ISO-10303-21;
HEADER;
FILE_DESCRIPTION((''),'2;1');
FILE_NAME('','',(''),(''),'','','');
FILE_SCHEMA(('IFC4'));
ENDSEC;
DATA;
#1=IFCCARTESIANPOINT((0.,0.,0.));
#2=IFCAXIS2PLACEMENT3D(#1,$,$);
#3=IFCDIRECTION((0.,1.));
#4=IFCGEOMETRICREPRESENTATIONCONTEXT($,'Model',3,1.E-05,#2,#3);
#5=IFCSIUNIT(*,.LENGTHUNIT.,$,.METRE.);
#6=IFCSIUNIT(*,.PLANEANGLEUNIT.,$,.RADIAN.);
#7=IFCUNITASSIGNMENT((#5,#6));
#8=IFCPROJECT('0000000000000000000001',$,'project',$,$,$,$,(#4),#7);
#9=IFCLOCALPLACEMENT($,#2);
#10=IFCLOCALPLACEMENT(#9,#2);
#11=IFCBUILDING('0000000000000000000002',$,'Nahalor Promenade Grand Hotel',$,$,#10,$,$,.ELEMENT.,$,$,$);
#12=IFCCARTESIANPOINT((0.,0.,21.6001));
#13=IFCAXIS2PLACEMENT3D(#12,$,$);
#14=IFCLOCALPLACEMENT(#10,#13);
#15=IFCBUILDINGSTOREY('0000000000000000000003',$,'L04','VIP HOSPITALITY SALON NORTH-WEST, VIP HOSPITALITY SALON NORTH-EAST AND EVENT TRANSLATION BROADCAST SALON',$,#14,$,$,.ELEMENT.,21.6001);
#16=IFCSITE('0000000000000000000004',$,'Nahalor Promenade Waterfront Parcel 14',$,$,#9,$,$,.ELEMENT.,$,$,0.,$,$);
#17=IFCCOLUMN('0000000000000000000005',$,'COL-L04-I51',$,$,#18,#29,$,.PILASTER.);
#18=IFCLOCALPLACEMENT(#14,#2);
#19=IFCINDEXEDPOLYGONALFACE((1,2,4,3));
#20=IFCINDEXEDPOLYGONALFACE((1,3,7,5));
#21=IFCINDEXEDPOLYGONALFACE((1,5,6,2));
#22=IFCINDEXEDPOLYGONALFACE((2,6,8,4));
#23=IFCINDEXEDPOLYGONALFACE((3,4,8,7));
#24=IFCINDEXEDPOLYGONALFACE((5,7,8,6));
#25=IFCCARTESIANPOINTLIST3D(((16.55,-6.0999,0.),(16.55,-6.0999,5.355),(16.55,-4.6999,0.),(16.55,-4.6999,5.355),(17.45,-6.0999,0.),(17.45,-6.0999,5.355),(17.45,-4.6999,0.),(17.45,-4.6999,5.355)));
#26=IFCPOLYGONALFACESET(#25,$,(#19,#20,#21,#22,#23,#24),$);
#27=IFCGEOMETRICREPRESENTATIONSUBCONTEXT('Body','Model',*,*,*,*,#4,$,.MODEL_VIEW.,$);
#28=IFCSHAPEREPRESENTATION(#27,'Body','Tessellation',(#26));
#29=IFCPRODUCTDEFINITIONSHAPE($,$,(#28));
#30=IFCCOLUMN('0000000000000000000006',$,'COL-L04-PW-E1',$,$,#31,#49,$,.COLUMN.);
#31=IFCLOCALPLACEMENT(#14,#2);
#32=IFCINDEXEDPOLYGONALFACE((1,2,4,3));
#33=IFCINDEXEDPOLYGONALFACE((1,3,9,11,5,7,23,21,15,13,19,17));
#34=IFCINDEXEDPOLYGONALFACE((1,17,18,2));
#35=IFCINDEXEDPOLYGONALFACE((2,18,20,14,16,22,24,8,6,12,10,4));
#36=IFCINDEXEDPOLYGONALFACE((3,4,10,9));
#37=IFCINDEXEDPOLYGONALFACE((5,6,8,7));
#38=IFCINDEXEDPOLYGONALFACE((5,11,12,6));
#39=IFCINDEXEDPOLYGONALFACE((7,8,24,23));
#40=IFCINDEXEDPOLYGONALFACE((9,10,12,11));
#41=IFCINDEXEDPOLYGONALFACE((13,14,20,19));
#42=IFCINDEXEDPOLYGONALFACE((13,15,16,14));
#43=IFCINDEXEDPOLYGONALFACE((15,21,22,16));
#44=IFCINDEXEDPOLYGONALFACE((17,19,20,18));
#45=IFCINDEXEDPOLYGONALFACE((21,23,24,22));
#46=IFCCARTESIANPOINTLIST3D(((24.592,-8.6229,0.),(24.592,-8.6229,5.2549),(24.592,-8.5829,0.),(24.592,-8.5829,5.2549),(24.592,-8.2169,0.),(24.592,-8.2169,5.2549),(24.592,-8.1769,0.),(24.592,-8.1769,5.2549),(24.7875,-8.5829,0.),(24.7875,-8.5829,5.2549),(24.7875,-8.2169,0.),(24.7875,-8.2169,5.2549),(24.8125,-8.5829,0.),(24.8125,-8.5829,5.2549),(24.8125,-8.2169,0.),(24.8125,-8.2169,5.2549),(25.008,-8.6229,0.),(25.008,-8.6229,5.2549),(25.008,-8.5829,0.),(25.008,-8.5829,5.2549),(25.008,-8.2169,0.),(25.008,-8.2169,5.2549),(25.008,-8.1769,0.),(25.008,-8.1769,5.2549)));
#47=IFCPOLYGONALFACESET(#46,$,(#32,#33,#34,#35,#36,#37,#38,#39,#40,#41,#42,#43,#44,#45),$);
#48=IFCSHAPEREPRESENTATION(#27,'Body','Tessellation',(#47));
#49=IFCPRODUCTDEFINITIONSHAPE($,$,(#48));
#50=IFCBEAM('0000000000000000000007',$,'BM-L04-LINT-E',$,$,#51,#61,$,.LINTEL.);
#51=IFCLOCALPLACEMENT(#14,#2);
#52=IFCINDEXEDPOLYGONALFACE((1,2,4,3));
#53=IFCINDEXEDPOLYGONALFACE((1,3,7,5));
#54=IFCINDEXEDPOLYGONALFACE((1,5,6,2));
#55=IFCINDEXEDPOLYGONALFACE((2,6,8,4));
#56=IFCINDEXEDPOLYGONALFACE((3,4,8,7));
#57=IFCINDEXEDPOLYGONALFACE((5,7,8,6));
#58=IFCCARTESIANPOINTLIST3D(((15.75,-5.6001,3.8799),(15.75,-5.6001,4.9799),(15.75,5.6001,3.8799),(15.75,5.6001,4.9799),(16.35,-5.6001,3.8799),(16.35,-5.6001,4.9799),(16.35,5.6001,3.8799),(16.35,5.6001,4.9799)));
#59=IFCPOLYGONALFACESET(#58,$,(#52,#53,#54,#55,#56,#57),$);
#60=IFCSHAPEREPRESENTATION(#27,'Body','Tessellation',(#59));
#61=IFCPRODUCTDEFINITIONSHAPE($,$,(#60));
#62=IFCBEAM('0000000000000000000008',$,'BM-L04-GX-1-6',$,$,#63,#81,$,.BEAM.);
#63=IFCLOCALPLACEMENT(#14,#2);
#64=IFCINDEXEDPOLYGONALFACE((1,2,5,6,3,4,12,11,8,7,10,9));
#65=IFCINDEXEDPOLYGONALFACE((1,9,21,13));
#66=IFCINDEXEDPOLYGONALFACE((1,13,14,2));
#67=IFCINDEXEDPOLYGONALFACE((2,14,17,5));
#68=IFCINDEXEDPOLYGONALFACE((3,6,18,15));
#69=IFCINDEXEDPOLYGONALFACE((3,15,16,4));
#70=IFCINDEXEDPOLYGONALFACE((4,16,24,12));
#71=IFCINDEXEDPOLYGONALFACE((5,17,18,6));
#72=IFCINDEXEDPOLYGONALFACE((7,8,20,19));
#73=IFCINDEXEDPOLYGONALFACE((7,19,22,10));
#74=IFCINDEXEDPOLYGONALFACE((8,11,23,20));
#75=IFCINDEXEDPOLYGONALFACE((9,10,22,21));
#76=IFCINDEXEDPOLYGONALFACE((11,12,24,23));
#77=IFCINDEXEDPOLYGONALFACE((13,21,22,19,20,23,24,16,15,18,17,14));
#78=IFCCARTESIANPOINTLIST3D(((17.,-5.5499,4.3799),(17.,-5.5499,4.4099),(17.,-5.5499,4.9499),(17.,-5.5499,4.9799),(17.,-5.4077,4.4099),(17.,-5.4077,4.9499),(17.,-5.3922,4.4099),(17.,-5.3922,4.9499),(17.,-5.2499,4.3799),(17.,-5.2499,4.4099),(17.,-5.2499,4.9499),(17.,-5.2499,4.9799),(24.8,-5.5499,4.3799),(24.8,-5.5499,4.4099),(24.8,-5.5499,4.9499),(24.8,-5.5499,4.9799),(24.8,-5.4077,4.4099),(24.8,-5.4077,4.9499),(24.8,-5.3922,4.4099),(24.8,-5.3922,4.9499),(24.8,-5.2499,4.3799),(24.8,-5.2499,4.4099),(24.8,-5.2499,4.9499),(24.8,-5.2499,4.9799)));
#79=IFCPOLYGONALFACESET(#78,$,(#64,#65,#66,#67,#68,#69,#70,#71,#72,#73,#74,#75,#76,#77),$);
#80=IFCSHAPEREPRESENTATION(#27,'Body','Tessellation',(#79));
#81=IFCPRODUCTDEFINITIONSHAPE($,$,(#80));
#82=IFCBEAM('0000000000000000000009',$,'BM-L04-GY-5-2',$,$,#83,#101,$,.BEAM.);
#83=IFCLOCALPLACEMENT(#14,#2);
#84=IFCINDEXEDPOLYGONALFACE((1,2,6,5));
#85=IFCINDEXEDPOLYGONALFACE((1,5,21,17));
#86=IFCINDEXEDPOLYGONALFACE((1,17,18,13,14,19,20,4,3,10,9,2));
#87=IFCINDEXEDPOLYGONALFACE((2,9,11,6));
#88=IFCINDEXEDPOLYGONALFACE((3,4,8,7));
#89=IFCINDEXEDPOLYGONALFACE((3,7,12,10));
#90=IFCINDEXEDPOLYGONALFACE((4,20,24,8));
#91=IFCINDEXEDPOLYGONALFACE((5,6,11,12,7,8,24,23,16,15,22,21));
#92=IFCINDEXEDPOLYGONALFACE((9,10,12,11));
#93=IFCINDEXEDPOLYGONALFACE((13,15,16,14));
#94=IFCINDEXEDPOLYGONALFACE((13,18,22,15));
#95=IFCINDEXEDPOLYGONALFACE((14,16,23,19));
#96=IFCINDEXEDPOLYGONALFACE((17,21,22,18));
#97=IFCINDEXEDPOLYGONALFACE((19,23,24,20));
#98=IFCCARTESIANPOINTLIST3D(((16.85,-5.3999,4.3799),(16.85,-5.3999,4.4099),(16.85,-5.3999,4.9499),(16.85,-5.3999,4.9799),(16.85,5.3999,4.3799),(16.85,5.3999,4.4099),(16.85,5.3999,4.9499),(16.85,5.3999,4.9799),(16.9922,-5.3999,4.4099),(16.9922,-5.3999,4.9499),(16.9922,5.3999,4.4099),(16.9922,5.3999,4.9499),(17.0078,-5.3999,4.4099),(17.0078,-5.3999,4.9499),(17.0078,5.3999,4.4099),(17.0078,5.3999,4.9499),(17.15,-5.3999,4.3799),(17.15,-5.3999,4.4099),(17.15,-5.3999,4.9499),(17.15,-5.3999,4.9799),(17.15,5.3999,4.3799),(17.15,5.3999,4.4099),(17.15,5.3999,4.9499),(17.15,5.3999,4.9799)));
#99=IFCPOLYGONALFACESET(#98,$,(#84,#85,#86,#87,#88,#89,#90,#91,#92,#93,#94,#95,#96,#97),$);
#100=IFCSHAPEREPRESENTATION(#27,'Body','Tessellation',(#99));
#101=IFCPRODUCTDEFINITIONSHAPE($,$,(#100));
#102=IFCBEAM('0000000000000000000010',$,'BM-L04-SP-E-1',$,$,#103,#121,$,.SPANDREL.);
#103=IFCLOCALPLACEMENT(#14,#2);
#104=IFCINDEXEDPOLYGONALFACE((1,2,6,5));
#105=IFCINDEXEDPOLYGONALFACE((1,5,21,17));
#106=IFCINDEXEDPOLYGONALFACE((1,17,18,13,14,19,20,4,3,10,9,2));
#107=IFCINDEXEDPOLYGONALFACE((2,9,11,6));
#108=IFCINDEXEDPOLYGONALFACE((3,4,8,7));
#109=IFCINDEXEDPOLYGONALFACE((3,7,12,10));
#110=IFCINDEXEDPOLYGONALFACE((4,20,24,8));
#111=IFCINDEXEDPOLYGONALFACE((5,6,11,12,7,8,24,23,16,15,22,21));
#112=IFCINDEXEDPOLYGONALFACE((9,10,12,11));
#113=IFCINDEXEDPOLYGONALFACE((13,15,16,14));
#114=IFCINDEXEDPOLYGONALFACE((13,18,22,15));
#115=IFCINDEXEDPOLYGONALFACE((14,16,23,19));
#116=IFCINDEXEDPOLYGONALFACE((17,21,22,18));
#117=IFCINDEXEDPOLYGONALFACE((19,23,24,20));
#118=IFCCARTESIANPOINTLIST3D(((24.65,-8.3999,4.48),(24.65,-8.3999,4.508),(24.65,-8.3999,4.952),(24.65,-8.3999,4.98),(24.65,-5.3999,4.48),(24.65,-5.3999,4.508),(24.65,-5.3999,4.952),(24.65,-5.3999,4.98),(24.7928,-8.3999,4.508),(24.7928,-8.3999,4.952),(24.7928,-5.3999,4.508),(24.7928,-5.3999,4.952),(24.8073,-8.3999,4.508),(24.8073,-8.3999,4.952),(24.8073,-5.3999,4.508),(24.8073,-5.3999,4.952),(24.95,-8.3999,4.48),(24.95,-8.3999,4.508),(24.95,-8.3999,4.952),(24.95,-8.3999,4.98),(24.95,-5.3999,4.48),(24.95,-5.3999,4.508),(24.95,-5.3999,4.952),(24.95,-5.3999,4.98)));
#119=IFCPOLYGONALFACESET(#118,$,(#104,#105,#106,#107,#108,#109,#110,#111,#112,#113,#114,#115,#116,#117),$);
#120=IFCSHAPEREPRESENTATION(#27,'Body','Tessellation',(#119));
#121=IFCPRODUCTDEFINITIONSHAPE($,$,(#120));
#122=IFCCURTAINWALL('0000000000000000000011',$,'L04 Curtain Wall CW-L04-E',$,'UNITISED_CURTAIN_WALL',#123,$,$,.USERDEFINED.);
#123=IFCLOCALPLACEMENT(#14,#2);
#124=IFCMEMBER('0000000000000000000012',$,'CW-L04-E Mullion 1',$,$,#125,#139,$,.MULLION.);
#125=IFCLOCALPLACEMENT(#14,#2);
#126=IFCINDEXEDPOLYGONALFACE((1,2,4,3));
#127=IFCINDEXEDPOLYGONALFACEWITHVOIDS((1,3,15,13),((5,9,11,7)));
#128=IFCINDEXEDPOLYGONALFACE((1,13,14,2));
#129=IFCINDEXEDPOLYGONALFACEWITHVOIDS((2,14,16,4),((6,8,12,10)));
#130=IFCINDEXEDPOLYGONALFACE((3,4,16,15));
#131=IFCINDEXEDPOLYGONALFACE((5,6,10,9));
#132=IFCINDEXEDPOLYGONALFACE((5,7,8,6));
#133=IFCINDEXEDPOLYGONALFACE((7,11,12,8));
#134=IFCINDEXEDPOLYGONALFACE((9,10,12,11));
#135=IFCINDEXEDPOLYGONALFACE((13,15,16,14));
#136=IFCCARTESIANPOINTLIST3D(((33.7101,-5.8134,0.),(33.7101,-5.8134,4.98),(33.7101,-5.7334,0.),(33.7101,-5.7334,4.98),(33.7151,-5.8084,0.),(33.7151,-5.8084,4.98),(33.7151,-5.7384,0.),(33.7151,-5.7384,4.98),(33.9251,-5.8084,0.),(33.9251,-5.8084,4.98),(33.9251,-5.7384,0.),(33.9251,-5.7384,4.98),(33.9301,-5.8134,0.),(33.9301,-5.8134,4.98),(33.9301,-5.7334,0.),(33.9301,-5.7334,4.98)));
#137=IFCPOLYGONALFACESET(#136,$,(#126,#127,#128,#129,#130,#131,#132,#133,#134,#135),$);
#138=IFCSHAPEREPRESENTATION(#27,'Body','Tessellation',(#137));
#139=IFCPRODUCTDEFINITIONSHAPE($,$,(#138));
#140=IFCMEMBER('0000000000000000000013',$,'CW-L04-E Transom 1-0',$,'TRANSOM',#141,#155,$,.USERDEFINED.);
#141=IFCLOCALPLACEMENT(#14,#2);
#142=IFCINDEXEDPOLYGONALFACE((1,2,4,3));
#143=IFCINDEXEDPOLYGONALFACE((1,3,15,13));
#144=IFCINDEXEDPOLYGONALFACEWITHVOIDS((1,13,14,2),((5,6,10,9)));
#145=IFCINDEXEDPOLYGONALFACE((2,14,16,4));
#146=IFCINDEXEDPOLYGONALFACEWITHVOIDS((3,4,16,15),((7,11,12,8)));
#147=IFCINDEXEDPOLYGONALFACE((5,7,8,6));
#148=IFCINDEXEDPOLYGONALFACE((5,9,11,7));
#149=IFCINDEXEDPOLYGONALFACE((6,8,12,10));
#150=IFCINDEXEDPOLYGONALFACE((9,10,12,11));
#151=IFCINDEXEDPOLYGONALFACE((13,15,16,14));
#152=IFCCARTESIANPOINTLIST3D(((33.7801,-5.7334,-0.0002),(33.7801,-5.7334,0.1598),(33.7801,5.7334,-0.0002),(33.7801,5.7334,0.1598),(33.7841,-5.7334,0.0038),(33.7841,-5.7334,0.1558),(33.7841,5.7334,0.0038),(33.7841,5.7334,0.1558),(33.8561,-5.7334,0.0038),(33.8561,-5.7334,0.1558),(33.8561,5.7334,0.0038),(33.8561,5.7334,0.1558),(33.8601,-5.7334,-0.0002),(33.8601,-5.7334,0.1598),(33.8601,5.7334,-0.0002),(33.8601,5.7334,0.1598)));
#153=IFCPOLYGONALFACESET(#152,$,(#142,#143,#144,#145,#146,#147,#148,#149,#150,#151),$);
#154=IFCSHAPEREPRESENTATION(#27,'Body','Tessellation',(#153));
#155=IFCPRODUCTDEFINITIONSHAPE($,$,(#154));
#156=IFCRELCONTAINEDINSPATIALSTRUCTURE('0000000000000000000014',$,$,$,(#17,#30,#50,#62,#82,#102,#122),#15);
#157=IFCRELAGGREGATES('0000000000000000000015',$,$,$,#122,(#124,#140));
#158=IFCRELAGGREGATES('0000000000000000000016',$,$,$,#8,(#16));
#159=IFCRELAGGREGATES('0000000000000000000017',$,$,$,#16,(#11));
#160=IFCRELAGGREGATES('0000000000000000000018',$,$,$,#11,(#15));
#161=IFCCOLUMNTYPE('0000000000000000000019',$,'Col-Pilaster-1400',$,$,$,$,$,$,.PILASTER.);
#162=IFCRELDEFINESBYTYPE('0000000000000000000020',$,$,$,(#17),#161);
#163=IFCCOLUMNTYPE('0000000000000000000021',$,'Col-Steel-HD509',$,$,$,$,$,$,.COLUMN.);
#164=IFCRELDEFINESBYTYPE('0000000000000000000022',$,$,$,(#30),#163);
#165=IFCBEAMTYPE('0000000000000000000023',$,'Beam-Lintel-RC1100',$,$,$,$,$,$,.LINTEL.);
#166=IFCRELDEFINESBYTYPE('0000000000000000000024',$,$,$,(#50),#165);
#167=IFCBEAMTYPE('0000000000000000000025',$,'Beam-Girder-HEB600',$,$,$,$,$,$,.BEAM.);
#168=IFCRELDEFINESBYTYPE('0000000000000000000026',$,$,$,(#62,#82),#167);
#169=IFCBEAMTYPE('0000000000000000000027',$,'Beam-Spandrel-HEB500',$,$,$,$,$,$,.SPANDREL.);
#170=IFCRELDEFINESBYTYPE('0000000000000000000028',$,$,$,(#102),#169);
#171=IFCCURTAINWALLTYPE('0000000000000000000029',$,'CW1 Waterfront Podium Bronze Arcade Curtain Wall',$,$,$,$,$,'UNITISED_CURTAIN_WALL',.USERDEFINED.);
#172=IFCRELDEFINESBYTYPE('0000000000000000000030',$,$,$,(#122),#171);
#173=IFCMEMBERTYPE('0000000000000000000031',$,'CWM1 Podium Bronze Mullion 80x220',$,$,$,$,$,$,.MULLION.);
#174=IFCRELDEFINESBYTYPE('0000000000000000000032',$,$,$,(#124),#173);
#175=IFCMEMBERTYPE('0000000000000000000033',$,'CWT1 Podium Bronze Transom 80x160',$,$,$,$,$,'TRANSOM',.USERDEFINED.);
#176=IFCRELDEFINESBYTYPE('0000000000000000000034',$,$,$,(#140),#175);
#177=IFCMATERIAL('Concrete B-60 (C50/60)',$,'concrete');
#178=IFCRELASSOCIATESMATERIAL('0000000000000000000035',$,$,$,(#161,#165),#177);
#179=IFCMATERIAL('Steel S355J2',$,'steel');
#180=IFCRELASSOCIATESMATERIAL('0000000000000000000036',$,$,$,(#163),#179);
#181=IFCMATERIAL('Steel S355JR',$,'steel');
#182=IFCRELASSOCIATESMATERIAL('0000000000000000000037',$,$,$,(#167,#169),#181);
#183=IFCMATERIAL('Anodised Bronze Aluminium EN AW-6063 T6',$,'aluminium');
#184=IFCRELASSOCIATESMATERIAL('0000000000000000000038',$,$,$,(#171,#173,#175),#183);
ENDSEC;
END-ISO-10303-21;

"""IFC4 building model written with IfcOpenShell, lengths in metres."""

from ifc_helpers import new_model, si_unit, direction, frame, origin, origin_2d, place, context, subcontext, project, spatial, rectangle, hollow_rectangle, i_section, extrude, source, transform, mapped, material, material_profile, profile_set, type_object, element, aggregate, save


model = new_model("IFC4")

# Units and contexts
model_context = context("Model", 3, precision=1e-05, world=origin(), true_north=direction((0.0, 1.0)))
body_context = subcontext(model_context, "Body", "Model", "MODEL_VIEW")
ifc_project = project(units=[si_unit("LENGTHUNIT", "METRE"), si_unit("PLANEANGLEUNIT", "RADIAN")], contexts=[model_context])

# Site, building, storey
site_placement = place(None, origin())
site = spatial("IfcSite", under=ifc_project, at=site_placement, Name="Nahalor Promenade Waterfront Parcel 14", CompositionType="ELEMENT", RefElevation=0.0)
building_placement = place(site_placement, origin())
building = spatial("IfcBuilding", under=site, at=building_placement, Name="Nahalor Promenade Grand Hotel", CompositionType="ELEMENT")
storey_placement = place(building_placement, frame((0.0, 0.0, 21.6001)))
storey = spatial("IfcBuildingStorey", under=building, at=storey_placement, Name="L04", Description="VIP HOSPITALITY SALON NORTH-WEST, VIP HOSPITALITY SALON NORTH-EAST AND EVENT TRANSLATION BROADCAST SALON", CompositionType="ELEMENT", Elevation=21.6001)

# Columns
ifc_material_1 = material(Name="Concrete B-60 (C50/60)", Category="concrete")
ifc_material_profile_1 = material_profile(ifc_material_1, rectangle(XDim=0.9, YDim=1.4, at=origin_2d()), Name="RC 900x1400")
ifc_profile_set_1 = profile_set([ifc_material_profile_1], Name="Concrete B-60 (C50/60)")
column_type_1 = type_object("IfcColumnType", Name="Col-Pilaster-1400", PredefinedType="PILASTER", material=ifc_profile_set_1)
shared_shape_1 = source(origin(), body_context, "Body", "SweptSolid", [
    extrude(rectangle(XDim=0.9, YDim=1.4, at=origin_2d()), origin(), (0.0, 0.0, 1.0), 5.355),
])
column_1_placement = place(storey_placement, frame((17.0, -5.3999, 0.0), z_axis=(0.0, 0.0, 1.0), x_axis=(1.0, 0.0, 0.0)))
element("IfcColumn", 1, at=column_1_placement, inside=storey, type_object=column_type_1, Name="COL-L04-I51", PredefinedType="PILASTER", context=body_context, shape_type="MappedRepresentation", body=[
    mapped(shared_shape_1, transform((0.0, 0.0, 0.0), scale=1.0)),
])
ifc_material_2 = material(Name="Steel S355J2", Category="steel")
ifc_material_profile_2 = material_profile(ifc_material_2, i_section(OverallWidth=0.416, OverallDepth=0.446, WebThickness=0.025, FlangeThickness=0.04, at=origin_2d()), Name="HD 400x509")
ifc_profile_set_2 = profile_set([ifc_material_profile_2], Name="Steel S355J2")
column_type_2 = type_object("IfcColumnType", Name="Col-Steel-HD509", PredefinedType="COLUMN", material=ifc_profile_set_2)
shared_shape_2 = source(origin(), body_context, "Body", "SweptSolid", [
    extrude(i_section(OverallWidth=0.416, OverallDepth=0.446, WebThickness=0.025, FlangeThickness=0.04, at=origin_2d()), origin(), (0.0, 0.0, 1.0), 5.2549),
])
column_2_placement = place(storey_placement, frame((24.8, -8.3999, 0.0), z_axis=(0.0, 0.0, 1.0), x_axis=(1.0, 0.0, 0.0)))
element("IfcColumn", 2, at=column_2_placement, inside=storey, type_object=column_type_2, Name="COL-L04-PW-E1", PredefinedType="COLUMN", context=body_context, shape_type="MappedRepresentation", body=[
    mapped(shared_shape_2, transform((0.0, 0.0, 0.0), scale=1.0)),
])

# Beams
ifc_material_profile_3 = material_profile(ifc_material_1, rectangle(XDim=0.6, YDim=1.1, at=origin_2d()), Name="RC 600x1100")
ifc_profile_set_3 = profile_set([ifc_material_profile_3], Name="Concrete B-60 (C50/60)")
beam_type_1 = type_object("IfcBeamType", Name="Beam-Lintel-RC1100", PredefinedType="LINTEL", material=ifc_profile_set_3)
shared_shape_3 = source(origin(), body_context, "Body", "SweptSolid", [
    extrude(rectangle(XDim=0.6, YDim=1.1, at=origin_2d()), origin(), (0.0, 0.0, 1.0), 11.2002),
])
beam_1_placement = place(storey_placement, frame((16.05, -5.6001, 4.4299), z_axis=(0.0, 1.0, 0.0), x_axis=(-1.0, 0.0, 0.0)))
element("IfcBeam", 3, at=beam_1_placement, inside=storey, type_object=beam_type_1, Name="BM-L04-LINT-E", PredefinedType="LINTEL", context=body_context, shape_type="MappedRepresentation", body=[
    mapped(shared_shape_3, transform((0.0, 0.0, 0.0), scale=1.0)),
])
ifc_material_3 = material(Name="Steel S355JR", Category="steel")
ifc_material_profile_4 = material_profile(ifc_material_3, i_section(OverallWidth=0.3, OverallDepth=0.6, WebThickness=0.0155, FlangeThickness=0.03, at=origin_2d()), Name="HEB 600")
ifc_profile_set_4 = profile_set([ifc_material_profile_4], Name="Steel S355JR")
beam_type_2 = type_object("IfcBeamType", Name="Beam-Girder-HEB600", PredefinedType="BEAM", material=ifc_profile_set_4)
shared_shape_4 = source(origin(), body_context, "Body", "SweptSolid", [
    extrude(i_section(OverallWidth=0.3, OverallDepth=0.6, WebThickness=0.0155, FlangeThickness=0.03, at=origin_2d()), origin(), (0.0, 0.0, 1.0), 7.8),
])
beam_2_placement = place(storey_placement, frame((17.0, -5.3999, 4.6799), z_axis=(1.0, 0.0, 0.0), x_axis=(0.0, 1.0, 0.0)))
element("IfcBeam", 4, at=beam_2_placement, inside=storey, type_object=beam_type_2, Name="BM-L04-GX-1-6", PredefinedType="BEAM", context=body_context, shape_type="MappedRepresentation", body=[
    mapped(shared_shape_4, transform((0.0, 0.0, 0.0), scale=1.0)),
])
shared_shape_5 = source(origin(), body_context, "Body", "SweptSolid", [
    extrude(i_section(OverallWidth=0.3, OverallDepth=0.6, WebThickness=0.0155, FlangeThickness=0.03, at=origin_2d()), origin(), (0.0, 0.0, 1.0), 10.7998),
])
beam_3_placement = place(storey_placement, frame((17.0, -5.3999, 4.6799), z_axis=(0.0, 1.0, 0.0), x_axis=(-1.0, 0.0, 0.0)))
element("IfcBeam", 5, at=beam_3_placement, inside=storey, type_object=beam_type_2, Name="BM-L04-GY-5-2", PredefinedType="BEAM", context=body_context, shape_type="MappedRepresentation", body=[
    mapped(shared_shape_5, transform((0.0, 0.0, 0.0), scale=1.0)),
])
ifc_material_profile_5 = material_profile(ifc_material_3, i_section(OverallWidth=0.3, OverallDepth=0.5, WebThickness=0.0145, FlangeThickness=0.028, at=origin_2d()), Name="HEB 500")
ifc_profile_set_5 = profile_set([ifc_material_profile_5], Name="Steel S355JR")
beam_type_3 = type_object("IfcBeamType", Name="Beam-Spandrel-HEB500", PredefinedType="SPANDREL", material=ifc_profile_set_5)
shared_shape_6 = source(origin(), body_context, "Body", "SweptSolid", [
    extrude(i_section(OverallWidth=0.3, OverallDepth=0.5, WebThickness=0.0145, FlangeThickness=0.028, at=origin_2d()), origin(), (0.0, 0.0, 1.0), 3.0),
])
beam_4_placement = place(storey_placement, frame((24.8, -8.3999, 4.73), z_axis=(0.0, 1.0, 0.0), x_axis=(-1.0, 0.0, 0.0)))
element("IfcBeam", 6, at=beam_4_placement, inside=storey, type_object=beam_type_3, Name="BM-L04-SP-E-1", PredefinedType="SPANDREL", context=body_context, shape_type="MappedRepresentation", body=[
    mapped(shared_shape_6, transform((0.0, 0.0, 0.0), scale=1.0)),
])

# Curtain wall, members
ifc_material_4 = material(Name="Anodised Bronze Aluminium EN AW-6063 T6", Category="aluminium")
curtain_wall_type = type_object("IfcCurtainWallType", Name="CW1 Waterfront Podium Bronze Arcade Curtain Wall", ElementType="UNITISED_CURTAIN_WALL", PredefinedType="USERDEFINED", material=ifc_material_4)
curtain_wall_placement = place(storey_placement, origin())
curtain_wall = element("IfcCurtainWall", 7, at=curtain_wall_placement, inside=storey, type_object=curtain_wall_type, Name="L04 Curtain Wall CW-L04-E", ObjectType="UNITISED_CURTAIN_WALL", PredefinedType="USERDEFINED")
ifc_material_profile_6 = material_profile(ifc_material_4, hollow_rectangle(XDim=0.08, YDim=0.22, WallThickness=0.005, at=origin_2d()), Name="CWM 80x220x5")
ifc_profile_set_6 = profile_set([ifc_material_profile_6], Name="Anodised Bronze Aluminium EN AW-6063 T6")
member_type_1 = type_object("IfcMemberType", Name="CWM1 Podium Bronze Mullion 80x220", PredefinedType="MULLION", material=ifc_profile_set_6)
shared_shape_7 = source(origin(), body_context, "Body", "SweptSolid", [
    extrude(hollow_rectangle(XDim=0.08, YDim=0.22, WallThickness=0.005, at=origin_2d()), origin(), (0.0, 0.0, 1.0), 4.98),
])
member_1_placement = place(storey_placement, frame((33.8201, -5.7734, 0.0), z_axis=(0.0, 0.0, 1.0), x_axis=(0.0, 1.0, 0.0)))
member_1 = element("IfcMember", 8, at=member_1_placement, type_object=member_type_1, Name="CW-L04-E Mullion 1", PredefinedType="MULLION", context=body_context, shape_type="MappedRepresentation", body=[
    mapped(shared_shape_7, transform((0.0, 0.0, 0.0), scale=1.0)),
])
ifc_material_profile_7 = material_profile(ifc_material_4, hollow_rectangle(XDim=0.08, YDim=0.16, WallThickness=0.004, at=origin_2d()), Name="CWT 80x160x4")
ifc_profile_set_7 = profile_set([ifc_material_profile_7], Name="Anodised Bronze Aluminium EN AW-6063 T6")
member_type_2 = type_object("IfcMemberType", Name="CWT1 Podium Bronze Transom 80x160", ElementType="TRANSOM", PredefinedType="USERDEFINED", material=ifc_profile_set_7)
shared_shape_8 = source(origin(), body_context, "Body", "SweptSolid", [
    extrude(hollow_rectangle(XDim=0.08, YDim=0.16, WallThickness=0.004, at=origin_2d()), origin(), (0.0, 0.0, 1.0), 11.4668),
])
member_2_placement = place(storey_placement, frame((33.8201, -5.7334, 0.0798), z_axis=(0.0, 1.0, 0.0), x_axis=(-1.0, 0.0, 0.0)))
member_2 = element("IfcMember", 9, at=member_2_placement, type_object=member_type_2, Name="CW-L04-E Transom 1-0", ObjectType="TRANSOM", PredefinedType="USERDEFINED", context=body_context, shape_type="MappedRepresentation", body=[
    mapped(shared_shape_8, transform((0.0, 0.0, 0.0), scale=1.0)),
])
aggregate(curtain_wall, [member_1, member_2])

save(model, "model.ifc")
